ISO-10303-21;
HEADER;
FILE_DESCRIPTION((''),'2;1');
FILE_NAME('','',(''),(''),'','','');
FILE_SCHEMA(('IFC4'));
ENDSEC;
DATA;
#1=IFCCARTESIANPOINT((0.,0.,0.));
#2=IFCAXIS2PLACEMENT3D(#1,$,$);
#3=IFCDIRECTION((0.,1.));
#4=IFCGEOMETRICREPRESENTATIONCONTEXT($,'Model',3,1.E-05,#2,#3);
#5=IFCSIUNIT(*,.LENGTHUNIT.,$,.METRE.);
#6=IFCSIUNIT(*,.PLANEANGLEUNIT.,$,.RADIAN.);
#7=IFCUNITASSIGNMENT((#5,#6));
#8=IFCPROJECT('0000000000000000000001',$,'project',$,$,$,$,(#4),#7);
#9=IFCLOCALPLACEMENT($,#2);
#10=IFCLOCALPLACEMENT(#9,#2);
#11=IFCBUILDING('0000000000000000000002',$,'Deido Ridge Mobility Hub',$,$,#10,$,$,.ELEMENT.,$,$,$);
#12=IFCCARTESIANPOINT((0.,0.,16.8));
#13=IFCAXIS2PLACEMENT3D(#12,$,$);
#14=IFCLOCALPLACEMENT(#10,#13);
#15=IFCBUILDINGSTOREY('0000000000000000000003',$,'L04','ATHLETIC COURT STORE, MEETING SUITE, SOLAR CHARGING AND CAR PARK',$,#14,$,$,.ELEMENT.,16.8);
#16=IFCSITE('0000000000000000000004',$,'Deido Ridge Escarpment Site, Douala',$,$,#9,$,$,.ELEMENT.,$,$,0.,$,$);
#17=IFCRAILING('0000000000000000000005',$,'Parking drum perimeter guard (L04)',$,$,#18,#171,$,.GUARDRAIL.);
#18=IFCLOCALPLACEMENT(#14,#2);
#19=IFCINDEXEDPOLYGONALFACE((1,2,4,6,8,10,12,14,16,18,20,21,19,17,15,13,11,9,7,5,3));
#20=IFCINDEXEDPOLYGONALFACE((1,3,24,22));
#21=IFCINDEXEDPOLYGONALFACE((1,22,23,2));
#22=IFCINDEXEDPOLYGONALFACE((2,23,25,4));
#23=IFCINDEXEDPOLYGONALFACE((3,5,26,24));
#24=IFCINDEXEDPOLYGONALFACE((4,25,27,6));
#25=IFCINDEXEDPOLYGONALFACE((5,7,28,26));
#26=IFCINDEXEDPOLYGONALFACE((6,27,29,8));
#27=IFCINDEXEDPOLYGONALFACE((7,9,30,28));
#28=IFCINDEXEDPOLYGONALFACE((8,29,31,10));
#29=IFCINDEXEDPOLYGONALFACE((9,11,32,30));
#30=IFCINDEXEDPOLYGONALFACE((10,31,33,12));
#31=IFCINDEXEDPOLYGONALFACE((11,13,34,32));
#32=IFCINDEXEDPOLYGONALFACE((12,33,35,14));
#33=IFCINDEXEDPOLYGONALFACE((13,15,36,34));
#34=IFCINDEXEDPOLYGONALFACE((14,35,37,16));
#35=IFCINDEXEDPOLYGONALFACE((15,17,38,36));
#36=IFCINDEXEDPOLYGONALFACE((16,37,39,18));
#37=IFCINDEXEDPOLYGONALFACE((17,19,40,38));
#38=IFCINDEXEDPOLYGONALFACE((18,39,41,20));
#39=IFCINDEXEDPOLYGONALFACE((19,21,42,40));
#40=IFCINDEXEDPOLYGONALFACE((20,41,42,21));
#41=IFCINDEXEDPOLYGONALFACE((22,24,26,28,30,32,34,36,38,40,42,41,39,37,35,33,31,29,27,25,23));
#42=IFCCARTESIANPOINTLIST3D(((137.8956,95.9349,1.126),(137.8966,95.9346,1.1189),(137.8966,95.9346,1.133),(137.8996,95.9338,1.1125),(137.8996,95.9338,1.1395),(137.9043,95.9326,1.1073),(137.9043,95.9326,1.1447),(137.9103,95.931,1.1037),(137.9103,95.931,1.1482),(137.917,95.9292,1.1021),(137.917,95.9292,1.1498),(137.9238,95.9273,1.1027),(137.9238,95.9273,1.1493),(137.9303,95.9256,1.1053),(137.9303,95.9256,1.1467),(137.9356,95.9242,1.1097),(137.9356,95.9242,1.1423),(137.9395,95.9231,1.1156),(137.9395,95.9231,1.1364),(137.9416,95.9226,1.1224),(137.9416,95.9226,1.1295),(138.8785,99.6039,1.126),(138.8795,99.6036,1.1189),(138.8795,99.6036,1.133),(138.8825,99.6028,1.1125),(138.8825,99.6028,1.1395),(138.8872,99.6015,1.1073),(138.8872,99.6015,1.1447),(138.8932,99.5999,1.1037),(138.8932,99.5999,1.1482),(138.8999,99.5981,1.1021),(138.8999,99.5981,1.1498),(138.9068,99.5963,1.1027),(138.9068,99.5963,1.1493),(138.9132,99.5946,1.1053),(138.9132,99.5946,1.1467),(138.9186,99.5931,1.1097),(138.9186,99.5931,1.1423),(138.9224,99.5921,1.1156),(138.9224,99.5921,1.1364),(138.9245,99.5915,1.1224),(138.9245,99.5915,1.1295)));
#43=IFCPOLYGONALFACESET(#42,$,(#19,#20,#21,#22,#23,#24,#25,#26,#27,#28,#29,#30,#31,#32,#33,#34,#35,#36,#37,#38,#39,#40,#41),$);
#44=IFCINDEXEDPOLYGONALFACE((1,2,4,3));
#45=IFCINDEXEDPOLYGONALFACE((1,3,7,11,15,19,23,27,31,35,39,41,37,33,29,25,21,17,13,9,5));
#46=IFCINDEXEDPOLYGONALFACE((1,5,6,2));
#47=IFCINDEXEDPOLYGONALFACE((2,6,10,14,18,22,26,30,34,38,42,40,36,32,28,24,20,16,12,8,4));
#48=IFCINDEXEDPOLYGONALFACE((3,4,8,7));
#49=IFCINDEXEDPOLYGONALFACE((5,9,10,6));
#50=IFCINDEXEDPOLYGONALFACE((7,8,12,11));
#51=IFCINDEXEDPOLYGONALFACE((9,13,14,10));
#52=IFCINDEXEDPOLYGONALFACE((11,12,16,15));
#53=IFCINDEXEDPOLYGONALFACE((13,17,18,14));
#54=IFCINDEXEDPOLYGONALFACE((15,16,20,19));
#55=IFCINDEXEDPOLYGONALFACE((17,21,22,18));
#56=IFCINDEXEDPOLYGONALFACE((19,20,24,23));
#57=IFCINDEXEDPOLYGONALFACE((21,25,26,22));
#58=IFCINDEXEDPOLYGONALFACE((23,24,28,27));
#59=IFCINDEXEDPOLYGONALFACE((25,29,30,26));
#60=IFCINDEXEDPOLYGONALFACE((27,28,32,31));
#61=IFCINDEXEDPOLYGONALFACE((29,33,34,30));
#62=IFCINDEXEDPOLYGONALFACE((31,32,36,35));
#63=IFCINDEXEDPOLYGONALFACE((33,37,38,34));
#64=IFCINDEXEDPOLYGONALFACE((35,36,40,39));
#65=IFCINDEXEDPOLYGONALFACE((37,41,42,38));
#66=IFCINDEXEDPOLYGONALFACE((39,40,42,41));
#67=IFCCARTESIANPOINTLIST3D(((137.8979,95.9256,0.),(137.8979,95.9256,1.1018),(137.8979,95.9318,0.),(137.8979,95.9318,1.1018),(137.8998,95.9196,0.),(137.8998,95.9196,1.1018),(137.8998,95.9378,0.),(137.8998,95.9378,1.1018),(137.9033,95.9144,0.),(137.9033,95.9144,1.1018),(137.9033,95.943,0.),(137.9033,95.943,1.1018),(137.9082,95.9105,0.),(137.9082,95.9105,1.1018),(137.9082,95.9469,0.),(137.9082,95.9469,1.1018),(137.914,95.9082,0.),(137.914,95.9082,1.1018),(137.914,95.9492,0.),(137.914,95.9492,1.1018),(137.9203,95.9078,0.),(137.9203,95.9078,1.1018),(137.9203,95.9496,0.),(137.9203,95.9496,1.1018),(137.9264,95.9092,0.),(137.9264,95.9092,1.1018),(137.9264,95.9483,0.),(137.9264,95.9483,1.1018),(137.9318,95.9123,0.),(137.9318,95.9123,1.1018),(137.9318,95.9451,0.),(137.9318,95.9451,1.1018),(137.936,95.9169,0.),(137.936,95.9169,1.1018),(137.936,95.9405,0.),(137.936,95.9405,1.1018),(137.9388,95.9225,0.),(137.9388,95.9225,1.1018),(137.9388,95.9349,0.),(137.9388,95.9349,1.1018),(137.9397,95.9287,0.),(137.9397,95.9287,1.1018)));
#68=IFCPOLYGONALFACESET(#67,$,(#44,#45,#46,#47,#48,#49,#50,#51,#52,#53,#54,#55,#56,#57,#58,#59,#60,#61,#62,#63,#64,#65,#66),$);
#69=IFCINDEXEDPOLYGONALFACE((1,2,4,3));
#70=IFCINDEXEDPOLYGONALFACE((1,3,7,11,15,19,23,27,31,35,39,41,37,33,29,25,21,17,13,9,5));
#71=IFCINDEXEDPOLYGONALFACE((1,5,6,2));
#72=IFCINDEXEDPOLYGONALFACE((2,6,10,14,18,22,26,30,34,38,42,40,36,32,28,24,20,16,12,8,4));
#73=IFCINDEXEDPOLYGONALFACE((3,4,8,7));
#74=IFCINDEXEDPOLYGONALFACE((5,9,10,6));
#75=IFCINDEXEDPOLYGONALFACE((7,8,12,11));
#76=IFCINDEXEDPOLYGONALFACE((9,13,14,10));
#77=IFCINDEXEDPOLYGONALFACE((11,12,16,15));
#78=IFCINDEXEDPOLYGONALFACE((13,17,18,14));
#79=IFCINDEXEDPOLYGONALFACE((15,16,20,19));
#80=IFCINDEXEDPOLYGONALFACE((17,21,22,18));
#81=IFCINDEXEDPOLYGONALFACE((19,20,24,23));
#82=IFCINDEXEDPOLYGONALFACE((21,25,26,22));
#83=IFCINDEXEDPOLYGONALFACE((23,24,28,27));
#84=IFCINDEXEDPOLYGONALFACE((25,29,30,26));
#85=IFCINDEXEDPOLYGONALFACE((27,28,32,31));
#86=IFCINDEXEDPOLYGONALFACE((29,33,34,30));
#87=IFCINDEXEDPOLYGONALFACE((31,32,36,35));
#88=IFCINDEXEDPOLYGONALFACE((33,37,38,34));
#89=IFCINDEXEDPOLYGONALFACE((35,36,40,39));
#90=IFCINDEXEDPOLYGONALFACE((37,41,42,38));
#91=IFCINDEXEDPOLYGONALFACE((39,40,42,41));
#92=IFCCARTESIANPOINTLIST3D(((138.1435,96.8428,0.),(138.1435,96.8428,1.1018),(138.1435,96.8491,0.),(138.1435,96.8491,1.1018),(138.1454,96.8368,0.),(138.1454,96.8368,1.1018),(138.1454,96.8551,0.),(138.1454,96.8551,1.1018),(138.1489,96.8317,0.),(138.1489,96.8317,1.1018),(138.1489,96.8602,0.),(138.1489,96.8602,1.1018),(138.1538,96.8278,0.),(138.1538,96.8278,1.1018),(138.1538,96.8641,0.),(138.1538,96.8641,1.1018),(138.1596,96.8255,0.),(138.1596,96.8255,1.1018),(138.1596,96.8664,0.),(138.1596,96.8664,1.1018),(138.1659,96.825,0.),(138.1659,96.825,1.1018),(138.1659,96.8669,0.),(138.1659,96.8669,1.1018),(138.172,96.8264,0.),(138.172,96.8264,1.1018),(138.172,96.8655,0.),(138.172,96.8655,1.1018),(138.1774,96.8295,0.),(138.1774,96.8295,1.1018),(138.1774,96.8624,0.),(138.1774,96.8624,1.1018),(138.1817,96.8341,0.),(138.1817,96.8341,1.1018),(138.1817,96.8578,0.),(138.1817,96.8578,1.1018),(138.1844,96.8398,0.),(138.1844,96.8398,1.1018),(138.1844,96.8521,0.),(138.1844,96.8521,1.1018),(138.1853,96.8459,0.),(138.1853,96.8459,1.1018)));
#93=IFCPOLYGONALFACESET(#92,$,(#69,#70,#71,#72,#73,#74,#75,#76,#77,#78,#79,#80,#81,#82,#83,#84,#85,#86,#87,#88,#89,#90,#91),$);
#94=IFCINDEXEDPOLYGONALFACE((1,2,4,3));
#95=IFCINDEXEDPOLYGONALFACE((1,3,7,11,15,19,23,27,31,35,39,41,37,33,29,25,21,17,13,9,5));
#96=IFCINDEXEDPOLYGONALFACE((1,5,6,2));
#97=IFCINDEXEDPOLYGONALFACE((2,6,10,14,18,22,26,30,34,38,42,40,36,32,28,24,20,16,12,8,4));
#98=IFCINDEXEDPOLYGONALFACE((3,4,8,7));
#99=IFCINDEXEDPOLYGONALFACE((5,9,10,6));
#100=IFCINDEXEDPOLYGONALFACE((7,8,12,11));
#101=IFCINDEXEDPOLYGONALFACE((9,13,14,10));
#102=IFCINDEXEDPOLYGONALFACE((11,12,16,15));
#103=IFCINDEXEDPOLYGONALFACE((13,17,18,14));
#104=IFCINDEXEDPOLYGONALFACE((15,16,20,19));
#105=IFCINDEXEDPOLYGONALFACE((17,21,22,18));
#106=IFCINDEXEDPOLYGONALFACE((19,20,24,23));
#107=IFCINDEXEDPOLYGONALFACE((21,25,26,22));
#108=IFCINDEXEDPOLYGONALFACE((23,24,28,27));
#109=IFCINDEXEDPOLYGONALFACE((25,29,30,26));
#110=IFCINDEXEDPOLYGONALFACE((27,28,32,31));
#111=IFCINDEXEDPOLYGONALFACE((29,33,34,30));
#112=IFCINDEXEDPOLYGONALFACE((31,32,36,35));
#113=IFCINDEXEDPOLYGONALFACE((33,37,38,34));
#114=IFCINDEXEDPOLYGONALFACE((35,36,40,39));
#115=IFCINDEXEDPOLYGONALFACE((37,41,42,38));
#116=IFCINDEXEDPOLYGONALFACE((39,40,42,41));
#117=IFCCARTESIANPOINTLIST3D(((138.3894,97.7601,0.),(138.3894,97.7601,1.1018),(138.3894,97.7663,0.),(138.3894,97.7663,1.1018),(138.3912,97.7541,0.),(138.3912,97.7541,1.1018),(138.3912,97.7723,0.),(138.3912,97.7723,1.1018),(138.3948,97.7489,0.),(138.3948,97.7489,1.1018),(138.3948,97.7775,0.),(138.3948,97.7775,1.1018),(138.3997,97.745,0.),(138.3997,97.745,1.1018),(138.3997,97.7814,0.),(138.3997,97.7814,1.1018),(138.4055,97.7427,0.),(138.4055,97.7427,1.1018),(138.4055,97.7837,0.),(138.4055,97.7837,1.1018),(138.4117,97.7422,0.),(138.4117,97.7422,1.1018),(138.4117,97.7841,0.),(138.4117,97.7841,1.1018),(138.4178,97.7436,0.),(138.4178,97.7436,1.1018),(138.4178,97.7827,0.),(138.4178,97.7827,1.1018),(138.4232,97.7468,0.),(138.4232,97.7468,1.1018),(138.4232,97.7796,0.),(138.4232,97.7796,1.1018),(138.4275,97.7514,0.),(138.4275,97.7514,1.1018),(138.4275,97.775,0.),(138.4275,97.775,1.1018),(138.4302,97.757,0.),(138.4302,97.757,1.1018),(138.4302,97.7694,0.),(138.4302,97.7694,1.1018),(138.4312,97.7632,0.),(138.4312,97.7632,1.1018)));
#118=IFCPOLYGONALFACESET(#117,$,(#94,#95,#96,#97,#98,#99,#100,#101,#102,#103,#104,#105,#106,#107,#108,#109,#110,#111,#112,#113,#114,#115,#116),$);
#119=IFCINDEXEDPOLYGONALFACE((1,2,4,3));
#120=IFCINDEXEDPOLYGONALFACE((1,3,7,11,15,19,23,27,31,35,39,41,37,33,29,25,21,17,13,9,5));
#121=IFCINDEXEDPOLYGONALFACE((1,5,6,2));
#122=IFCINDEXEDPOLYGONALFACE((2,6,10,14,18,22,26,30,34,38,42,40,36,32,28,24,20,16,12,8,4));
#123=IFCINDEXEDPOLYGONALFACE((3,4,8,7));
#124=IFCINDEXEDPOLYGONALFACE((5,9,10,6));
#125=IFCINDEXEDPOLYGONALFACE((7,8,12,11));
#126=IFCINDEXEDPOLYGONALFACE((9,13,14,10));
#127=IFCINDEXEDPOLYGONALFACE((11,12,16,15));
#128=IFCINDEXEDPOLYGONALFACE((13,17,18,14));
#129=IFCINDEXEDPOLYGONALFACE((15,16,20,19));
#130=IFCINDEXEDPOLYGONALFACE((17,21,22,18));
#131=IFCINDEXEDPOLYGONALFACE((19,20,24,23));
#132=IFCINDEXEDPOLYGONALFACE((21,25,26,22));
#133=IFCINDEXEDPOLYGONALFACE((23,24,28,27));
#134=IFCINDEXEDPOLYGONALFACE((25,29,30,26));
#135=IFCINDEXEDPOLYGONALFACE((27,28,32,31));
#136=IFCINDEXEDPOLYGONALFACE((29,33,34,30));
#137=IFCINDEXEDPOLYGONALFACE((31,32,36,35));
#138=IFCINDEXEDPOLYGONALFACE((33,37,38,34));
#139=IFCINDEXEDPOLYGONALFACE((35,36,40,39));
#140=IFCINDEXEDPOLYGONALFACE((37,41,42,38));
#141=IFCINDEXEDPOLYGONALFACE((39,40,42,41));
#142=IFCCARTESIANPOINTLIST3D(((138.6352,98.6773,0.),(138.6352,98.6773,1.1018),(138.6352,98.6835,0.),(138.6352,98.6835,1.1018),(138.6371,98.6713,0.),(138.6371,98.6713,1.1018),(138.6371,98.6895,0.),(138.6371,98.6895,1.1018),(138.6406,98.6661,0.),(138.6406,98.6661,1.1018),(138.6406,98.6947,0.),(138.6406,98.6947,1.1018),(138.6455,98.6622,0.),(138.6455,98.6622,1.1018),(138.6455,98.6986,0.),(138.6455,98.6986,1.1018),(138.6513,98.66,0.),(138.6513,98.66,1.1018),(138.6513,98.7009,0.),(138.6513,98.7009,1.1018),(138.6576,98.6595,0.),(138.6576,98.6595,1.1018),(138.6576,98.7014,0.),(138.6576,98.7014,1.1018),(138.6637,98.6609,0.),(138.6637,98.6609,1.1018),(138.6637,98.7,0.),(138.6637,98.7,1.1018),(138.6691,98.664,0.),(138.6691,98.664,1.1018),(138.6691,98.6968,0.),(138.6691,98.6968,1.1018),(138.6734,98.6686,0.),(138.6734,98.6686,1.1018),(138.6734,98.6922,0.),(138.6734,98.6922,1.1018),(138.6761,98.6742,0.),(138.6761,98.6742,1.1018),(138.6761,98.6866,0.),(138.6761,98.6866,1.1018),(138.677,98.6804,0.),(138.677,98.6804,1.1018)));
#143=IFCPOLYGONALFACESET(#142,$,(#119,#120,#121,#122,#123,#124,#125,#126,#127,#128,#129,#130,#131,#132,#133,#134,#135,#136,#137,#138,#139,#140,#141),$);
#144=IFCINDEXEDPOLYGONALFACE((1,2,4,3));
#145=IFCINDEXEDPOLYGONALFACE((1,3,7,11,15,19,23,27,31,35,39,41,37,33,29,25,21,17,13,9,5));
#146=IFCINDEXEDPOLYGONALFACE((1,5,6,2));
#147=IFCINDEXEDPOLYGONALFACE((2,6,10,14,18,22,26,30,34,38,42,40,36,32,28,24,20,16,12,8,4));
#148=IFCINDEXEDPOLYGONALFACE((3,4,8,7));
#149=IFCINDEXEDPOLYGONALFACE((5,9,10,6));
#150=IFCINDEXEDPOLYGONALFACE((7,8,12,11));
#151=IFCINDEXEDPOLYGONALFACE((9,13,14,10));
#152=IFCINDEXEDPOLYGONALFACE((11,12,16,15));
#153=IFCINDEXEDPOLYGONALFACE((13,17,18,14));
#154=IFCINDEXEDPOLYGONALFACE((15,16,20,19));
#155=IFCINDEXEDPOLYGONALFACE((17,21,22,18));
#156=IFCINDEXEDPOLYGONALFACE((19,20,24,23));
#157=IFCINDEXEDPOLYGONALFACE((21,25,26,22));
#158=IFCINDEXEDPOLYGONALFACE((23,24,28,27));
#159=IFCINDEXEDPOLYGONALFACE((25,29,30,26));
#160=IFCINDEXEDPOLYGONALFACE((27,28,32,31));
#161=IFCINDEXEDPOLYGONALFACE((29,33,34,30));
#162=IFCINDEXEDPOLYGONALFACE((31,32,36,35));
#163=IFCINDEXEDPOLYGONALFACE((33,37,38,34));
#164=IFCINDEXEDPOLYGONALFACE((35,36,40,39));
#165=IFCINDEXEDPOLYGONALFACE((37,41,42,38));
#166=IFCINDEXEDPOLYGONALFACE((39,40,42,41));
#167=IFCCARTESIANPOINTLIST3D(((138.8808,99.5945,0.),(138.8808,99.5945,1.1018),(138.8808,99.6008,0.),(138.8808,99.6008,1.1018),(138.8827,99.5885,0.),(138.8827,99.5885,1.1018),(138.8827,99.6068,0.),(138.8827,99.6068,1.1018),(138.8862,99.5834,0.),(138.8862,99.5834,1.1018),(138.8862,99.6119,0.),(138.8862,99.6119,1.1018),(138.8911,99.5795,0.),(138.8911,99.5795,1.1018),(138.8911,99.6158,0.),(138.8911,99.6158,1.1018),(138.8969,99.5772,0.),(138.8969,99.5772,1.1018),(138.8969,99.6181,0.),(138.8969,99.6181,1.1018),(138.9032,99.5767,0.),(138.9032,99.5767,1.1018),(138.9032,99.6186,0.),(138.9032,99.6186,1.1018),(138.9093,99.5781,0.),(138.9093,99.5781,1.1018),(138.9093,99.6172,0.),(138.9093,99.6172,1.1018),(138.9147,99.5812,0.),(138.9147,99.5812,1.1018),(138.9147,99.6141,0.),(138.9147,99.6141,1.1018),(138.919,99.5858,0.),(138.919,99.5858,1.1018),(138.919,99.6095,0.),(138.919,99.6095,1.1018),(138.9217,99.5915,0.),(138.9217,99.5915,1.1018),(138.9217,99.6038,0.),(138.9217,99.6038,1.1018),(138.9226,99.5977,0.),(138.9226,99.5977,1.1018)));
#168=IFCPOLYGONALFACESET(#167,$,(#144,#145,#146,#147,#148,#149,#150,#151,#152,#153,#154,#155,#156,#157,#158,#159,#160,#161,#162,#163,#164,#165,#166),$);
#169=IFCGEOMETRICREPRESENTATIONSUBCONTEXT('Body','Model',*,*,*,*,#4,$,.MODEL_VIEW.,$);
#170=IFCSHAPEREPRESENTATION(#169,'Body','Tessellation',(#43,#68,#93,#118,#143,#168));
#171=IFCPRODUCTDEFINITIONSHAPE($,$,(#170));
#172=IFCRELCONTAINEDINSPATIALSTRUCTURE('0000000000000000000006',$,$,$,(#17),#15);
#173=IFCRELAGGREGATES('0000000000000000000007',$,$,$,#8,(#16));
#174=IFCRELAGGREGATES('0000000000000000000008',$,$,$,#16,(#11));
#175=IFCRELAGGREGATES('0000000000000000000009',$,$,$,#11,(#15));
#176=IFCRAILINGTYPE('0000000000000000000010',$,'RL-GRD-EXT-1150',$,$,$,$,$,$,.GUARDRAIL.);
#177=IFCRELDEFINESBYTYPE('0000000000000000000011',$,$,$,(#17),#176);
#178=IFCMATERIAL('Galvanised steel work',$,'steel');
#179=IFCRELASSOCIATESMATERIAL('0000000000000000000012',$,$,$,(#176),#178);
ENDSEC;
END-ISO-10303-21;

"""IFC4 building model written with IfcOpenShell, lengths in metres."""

from ifc_helpers import new_model, si_unit, direction, frame, origin, origin_2d, place, context, subcontext, project, spatial, circle, extrude, material, type_object, element, save


model = new_model("IFC4")

# Units and contexts
model_context = context("Model", 3, precision=1e-05, world=origin(), true_north=direction((0.0, 1.0)))
body_context = subcontext(model_context, "Body", "Model", "MODEL_VIEW")
ifc_project = project(units=[si_unit("LENGTHUNIT", "METRE"), si_unit("PLANEANGLEUNIT", "RADIAN")], contexts=[model_context])

# Site, building, storey
site_placement = place(None, origin())
site = spatial("IfcSite", under=ifc_project, at=site_placement, Name="Deido Ridge Escarpment Site, Douala", CompositionType="ELEMENT", RefElevation=0.0)
building_placement = place(site_placement, origin())
building = spatial("IfcBuilding", under=site, at=building_placement, Name="Deido Ridge Mobility Hub", CompositionType="ELEMENT")
storey_placement = place(building_placement, frame((0.0, 0.0, 16.8)))
storey = spatial("IfcBuildingStorey", under=building, at=storey_placement, Name="L04", Description="ATHLETIC COURT STORE, MEETING SUITE, SOLAR CHARGING AND CAR PARK", CompositionType="ELEMENT", Elevation=16.8)

# Railing
ifc_material_1 = material(Name="Galvanised steel work", Category="steel")
railing_type = type_object("IfcRailingType", Name="RL-GRD-EXT-1150", PredefinedType="GUARDRAIL", material=ifc_material_1)
railing_1_placement = place(storey_placement, frame((137.9187, 95.9287, 0.0)))
element("IfcRailing", 1, at=railing_1_placement, inside=storey, type_object=railing_type, Name="Parking drum perimeter guard (L04)", PredefinedType="GUARDRAIL", context=body_context, shape_type="SweptSolid", body=[
    extrude(circle(Radius=0.0239, at=origin_2d()), frame((0.0, 0.0, 1.126), z_axis=(0.258775, 0.965938, 0.0), x_axis=(-0.965938, 0.258775, 0.0)), (0.0, 0.0, 1.0), 3.7983),
    extrude(circle(Radius=0.021, at=origin_2d()), origin(), (0.0, 0.0, 1.0), 1.1018),
    extrude(circle(Radius=0.021, at=origin_2d()), frame((0.2456, 0.9172, 0.0)), (0.0, 0.0, 1.0), 1.1018),
    extrude(circle(Radius=0.021, at=origin_2d()), frame((0.4915, 1.8345, 0.0)), (0.0, 0.0, 1.0), 1.1018),
    extrude(circle(Radius=0.021, at=origin_2d()), frame((0.7373, 2.7517, 0.0)), (0.0, 0.0, 1.0), 1.1018),
    extrude(circle(Radius=0.021, at=origin_2d()), frame((0.9829, 3.6689, 0.0)), (0.0, 0.0, 1.0), 1.1018),
])

save(model, "model.ifc")
